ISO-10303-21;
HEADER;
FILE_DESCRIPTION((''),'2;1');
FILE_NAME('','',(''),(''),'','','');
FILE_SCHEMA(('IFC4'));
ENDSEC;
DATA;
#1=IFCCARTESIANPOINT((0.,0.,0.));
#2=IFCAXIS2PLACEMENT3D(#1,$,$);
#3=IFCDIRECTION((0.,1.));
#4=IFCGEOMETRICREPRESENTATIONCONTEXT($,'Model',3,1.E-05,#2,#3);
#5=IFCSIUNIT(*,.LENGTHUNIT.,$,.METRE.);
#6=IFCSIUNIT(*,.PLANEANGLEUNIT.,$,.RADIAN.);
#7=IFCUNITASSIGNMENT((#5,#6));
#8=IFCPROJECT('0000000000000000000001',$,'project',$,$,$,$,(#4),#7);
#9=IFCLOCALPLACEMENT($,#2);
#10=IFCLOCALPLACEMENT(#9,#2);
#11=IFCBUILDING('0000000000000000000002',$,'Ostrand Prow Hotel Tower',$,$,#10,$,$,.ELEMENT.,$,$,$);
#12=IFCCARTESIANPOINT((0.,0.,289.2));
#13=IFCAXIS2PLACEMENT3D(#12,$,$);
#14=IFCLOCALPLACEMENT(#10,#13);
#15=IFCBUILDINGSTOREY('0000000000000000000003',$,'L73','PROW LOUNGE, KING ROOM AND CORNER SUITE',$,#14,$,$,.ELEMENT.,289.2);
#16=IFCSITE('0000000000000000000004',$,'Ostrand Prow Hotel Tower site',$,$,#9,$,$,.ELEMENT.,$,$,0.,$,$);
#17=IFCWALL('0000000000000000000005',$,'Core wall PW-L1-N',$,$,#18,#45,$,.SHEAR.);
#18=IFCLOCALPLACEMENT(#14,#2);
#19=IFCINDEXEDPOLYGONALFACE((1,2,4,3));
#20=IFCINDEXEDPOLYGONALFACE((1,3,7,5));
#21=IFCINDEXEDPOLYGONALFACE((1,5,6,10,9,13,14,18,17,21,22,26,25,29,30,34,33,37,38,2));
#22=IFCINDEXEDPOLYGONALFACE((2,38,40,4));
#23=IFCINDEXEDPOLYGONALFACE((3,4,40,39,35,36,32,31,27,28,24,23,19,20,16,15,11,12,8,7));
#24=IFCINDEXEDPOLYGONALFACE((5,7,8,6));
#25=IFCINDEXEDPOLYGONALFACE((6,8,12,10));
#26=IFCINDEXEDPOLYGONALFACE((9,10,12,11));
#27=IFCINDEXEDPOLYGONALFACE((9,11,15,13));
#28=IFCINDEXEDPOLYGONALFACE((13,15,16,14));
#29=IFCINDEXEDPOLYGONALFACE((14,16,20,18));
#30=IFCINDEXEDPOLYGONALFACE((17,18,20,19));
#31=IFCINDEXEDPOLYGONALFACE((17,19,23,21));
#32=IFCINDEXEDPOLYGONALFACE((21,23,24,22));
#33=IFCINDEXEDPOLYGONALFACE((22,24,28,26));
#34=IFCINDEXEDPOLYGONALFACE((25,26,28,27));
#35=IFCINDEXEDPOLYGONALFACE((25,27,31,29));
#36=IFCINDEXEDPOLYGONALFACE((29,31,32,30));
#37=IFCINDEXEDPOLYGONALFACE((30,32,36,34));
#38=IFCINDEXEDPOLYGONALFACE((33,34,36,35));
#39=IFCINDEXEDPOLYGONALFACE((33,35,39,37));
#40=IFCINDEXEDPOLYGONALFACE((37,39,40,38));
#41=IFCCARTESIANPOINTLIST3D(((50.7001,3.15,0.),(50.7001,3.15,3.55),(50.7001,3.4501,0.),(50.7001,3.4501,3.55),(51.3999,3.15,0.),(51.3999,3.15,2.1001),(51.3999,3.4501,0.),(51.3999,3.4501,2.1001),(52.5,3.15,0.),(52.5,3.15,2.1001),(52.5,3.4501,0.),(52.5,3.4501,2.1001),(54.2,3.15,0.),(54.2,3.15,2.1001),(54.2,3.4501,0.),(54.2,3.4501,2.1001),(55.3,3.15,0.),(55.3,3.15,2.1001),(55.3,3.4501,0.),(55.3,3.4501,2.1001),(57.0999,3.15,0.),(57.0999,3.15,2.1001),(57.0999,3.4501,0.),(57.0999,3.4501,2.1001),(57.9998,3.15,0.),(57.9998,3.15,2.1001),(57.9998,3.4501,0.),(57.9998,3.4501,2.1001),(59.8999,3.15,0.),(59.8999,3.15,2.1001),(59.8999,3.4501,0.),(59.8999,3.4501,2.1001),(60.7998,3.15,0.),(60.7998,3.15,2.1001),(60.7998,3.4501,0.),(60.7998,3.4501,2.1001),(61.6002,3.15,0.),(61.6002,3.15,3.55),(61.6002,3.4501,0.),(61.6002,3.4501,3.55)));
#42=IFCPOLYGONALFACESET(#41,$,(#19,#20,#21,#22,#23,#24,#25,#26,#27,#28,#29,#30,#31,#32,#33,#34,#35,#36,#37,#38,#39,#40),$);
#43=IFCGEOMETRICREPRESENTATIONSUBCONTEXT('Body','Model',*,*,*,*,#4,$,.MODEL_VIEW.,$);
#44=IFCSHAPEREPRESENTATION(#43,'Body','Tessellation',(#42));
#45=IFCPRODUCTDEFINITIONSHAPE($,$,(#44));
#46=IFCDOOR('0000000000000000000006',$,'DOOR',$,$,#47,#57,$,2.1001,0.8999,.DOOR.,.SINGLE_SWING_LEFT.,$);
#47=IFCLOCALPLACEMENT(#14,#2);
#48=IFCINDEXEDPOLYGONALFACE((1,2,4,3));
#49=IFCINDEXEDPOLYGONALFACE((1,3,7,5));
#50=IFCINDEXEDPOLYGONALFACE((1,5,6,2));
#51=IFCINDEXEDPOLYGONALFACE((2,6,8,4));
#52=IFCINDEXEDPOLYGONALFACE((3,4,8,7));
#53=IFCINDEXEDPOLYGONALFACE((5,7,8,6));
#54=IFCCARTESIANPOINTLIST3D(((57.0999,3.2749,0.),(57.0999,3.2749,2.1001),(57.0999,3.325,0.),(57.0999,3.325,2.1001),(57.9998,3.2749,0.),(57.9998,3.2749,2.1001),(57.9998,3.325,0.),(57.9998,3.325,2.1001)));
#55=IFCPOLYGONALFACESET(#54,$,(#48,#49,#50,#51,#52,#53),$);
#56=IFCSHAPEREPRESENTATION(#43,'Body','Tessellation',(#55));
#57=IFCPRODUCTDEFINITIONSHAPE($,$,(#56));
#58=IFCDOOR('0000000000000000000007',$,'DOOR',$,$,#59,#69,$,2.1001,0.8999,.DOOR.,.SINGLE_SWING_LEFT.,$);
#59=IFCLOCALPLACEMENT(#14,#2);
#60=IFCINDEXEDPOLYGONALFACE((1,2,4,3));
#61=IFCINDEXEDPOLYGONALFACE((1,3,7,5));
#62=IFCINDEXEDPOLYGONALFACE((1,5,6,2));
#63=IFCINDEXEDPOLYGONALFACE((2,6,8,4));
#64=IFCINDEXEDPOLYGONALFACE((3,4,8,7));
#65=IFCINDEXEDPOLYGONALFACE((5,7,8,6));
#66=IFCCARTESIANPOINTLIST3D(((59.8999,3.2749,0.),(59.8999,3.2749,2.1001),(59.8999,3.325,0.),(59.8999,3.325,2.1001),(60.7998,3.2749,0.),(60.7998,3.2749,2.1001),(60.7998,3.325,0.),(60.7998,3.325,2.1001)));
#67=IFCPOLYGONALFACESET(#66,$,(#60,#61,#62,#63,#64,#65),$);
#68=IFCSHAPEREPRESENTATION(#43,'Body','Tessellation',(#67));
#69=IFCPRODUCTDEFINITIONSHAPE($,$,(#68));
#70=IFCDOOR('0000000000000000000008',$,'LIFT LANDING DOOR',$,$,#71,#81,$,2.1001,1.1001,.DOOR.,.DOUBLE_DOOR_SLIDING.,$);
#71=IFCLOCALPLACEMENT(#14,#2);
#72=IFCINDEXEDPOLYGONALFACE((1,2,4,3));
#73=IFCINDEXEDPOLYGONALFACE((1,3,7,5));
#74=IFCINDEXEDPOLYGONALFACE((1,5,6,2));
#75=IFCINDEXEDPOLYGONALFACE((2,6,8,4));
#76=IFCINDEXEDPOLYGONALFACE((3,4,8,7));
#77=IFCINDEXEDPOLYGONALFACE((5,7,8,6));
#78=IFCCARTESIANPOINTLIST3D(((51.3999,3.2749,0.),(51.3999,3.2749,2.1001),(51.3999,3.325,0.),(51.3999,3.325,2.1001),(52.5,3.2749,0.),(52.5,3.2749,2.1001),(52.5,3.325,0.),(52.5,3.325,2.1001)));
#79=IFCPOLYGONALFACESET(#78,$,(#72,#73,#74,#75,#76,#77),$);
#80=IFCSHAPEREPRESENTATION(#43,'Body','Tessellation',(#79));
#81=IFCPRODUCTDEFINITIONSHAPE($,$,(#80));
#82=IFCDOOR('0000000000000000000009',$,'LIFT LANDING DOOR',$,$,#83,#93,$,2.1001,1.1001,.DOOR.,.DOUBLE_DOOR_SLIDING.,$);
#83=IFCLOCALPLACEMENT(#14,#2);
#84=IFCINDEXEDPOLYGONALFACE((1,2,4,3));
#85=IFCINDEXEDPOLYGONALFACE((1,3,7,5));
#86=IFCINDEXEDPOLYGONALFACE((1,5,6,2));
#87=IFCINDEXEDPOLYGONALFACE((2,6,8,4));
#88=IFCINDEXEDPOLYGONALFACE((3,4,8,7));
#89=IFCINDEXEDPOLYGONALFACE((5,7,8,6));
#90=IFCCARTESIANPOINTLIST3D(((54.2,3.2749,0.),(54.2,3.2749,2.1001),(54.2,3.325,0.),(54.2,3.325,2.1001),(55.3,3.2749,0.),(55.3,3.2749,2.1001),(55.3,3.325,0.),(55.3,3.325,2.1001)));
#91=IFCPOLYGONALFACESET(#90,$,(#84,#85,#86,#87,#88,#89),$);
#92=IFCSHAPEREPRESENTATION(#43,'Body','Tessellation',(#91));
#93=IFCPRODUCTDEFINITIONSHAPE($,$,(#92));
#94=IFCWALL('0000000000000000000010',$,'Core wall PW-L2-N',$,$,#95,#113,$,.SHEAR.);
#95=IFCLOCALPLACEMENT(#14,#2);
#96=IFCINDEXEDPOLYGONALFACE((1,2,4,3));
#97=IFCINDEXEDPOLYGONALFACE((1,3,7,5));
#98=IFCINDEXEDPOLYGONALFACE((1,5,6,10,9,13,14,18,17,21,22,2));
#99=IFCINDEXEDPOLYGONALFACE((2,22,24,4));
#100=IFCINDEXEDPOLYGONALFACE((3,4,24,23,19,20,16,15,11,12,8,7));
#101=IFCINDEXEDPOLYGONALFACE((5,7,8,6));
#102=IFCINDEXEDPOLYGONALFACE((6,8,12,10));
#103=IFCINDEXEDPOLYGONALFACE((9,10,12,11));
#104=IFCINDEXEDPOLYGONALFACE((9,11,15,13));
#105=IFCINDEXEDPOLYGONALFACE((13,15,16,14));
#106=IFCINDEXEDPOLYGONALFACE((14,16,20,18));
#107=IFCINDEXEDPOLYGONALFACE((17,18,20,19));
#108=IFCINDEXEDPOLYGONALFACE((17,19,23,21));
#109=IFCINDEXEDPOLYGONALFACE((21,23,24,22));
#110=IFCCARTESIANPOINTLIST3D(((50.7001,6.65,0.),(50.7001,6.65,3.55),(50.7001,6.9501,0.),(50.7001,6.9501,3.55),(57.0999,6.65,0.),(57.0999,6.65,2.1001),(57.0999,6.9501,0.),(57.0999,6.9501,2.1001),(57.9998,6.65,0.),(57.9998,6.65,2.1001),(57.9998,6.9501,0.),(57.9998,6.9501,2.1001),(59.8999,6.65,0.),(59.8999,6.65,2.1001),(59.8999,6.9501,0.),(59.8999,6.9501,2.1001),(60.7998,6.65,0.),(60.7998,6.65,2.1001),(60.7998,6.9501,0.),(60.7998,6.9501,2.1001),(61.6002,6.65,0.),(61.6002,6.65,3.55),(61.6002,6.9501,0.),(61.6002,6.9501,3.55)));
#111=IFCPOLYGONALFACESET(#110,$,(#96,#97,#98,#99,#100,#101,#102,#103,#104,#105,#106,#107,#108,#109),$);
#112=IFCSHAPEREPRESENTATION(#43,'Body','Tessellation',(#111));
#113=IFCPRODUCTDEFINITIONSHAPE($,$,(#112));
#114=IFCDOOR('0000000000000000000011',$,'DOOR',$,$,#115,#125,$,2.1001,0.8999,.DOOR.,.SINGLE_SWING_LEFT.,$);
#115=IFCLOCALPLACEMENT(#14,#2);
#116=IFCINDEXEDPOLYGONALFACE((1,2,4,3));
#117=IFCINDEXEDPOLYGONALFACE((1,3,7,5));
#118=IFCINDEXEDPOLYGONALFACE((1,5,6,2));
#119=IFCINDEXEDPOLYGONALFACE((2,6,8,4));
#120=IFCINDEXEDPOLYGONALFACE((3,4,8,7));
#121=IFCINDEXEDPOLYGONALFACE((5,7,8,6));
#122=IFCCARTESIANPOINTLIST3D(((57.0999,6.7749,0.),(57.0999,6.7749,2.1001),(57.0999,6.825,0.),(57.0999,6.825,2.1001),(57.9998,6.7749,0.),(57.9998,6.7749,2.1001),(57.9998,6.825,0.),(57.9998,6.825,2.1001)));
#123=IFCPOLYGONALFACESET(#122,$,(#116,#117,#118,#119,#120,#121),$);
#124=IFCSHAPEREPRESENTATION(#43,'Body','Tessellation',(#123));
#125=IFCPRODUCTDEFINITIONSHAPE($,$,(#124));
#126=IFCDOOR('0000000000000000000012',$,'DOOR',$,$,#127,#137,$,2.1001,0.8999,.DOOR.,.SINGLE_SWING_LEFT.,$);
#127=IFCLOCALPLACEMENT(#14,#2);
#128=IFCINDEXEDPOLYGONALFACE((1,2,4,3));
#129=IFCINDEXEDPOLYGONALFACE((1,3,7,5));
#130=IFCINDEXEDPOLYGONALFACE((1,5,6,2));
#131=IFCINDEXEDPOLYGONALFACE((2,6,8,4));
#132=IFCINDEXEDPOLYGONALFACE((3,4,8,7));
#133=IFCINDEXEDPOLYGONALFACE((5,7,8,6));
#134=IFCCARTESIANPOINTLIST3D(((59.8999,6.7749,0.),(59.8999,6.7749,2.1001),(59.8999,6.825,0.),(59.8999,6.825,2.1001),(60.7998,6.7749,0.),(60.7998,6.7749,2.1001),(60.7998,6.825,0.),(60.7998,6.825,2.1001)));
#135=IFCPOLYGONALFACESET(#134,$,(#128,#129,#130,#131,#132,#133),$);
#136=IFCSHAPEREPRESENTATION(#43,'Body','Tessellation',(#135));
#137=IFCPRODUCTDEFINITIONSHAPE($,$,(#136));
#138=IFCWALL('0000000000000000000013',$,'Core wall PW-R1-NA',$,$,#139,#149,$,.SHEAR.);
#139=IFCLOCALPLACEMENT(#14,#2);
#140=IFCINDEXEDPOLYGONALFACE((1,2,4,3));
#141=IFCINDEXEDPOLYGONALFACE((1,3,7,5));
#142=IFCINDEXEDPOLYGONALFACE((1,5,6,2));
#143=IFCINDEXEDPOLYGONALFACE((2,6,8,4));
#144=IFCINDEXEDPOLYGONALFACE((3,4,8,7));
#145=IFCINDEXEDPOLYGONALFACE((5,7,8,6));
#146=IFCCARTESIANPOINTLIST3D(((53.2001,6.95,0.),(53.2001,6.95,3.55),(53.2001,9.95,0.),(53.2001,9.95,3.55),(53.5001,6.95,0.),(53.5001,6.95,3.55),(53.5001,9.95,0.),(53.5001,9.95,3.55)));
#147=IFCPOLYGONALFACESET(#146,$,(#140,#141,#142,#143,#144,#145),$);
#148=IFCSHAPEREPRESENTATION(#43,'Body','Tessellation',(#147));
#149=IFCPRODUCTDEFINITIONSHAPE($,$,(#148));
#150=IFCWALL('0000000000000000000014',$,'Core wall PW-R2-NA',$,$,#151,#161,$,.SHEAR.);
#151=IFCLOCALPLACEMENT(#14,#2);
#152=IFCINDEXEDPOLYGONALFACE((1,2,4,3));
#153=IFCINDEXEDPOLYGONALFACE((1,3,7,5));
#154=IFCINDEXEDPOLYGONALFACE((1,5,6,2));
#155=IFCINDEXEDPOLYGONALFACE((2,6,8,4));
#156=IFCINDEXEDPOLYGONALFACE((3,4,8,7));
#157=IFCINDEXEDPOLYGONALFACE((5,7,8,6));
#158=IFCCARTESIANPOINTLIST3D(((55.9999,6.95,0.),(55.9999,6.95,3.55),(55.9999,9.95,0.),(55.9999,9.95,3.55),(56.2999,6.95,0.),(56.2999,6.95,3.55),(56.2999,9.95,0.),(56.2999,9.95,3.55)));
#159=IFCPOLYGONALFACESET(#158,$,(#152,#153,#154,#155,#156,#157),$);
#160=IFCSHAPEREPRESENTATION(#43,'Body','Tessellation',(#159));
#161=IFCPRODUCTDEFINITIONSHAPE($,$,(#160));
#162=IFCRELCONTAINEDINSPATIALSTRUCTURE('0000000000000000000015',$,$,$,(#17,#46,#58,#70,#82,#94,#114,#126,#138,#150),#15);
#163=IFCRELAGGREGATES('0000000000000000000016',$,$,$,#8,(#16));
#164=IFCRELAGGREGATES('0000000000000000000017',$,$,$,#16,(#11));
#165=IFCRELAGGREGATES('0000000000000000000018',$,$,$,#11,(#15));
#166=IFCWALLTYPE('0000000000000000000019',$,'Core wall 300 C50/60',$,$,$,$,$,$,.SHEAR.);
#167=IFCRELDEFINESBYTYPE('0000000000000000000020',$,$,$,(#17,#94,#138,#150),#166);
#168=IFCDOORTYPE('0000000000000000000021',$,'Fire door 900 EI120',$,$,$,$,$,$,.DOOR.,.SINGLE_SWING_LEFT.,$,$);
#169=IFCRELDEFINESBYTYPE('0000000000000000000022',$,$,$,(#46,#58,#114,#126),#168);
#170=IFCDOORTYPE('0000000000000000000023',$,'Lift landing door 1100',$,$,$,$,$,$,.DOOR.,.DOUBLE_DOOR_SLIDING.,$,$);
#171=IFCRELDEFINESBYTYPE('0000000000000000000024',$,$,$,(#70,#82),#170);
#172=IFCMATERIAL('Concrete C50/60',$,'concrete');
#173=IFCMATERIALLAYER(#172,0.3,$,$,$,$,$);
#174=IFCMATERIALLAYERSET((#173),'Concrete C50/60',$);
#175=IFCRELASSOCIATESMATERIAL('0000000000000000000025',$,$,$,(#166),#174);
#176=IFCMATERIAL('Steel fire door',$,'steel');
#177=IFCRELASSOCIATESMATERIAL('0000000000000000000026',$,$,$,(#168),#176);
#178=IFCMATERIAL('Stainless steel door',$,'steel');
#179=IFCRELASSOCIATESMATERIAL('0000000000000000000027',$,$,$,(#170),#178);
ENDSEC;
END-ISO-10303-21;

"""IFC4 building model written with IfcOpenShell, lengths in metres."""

from ifc_helpers import new_model, si_unit, direction, frame, frame_2d, origin, place, context, subcontext, project, spatial, rectangle, extrude, material, layer, layer_set, type_object, element, fill, save


model = new_model("IFC4")

# Units and contexts
model_context = context("Model", 3, precision=1e-05, world=origin(), true_north=direction((0.0, 1.0)))
body_context = subcontext(model_context, "Body", "Model", "MODEL_VIEW")
ifc_project = project(units=[si_unit("LENGTHUNIT", "METRE"), si_unit("PLANEANGLEUNIT", "RADIAN")], contexts=[model_context])

# Site, building, storey
site_placement = place(None, origin())
site = spatial("IfcSite", under=ifc_project, at=site_placement, Name="Ostrand Prow Hotel Tower site", CompositionType="ELEMENT", RefElevation=0.0)
building_placement = place(site_placement, origin())
building = spatial("IfcBuilding", under=site, at=building_placement, Name="Ostrand Prow Hotel Tower", CompositionType="ELEMENT")
storey_placement = place(building_placement, frame((0.0, 0.0, 289.2)))
storey = spatial("IfcBuildingStorey", under=building, at=storey_placement, Name="L73", Description="PROW LOUNGE, KING ROOM AND CORNER SUITE", CompositionType="ELEMENT", Elevation=289.2)

# Walls, openings, doors
ifc_material_1 = material(Name="Concrete C50/60", Category="concrete")
ifc_layer_1 = layer(ifc_material_1, 0.3)
ifc_layer_set_1 = layer_set([ifc_layer_1], Name="Concrete C50/60")
wall_type_1 = type_object("IfcWallType", Name="Core wall 300 C50/60", PredefinedType="SHEAR", material=ifc_layer_set_1)
wall_1_placement = place(storey_placement, frame((50.7, 3.3, 0.0), z_axis=(0.0, 0.0, 1.0), x_axis=(1.0, 0.0, 0.0)))
wall_1 = element("IfcWall", 1, at=wall_1_placement, inside=storey, type_object=wall_type_1, Name="Core wall PW-L1-N", PredefinedType="SHEAR", context=body_context, shape_type="SweptSolid", body=[
    extrude(rectangle(XDim=10.9001, YDim=0.3, at=frame_2d((5.4502, 0.0))), origin(), (0.0, 0.0, 1.0), 3.55),
])
opening_1_placement = place(wall_1_placement, frame((0.7, 0.0, 0.0)))
opening_1 = element("IfcOpeningElement", 2, at=opening_1_placement, cuts=wall_1, PredefinedType="OPENING", context=body_context, shape_type="SweptSolid", body=[
    extrude(rectangle(XDim=1.1001, YDim=2.1001, at=frame_2d((0.55, 1.05))), frame((0.0, 0.1599, 0.0), z_axis=(0.0, -1.0, 0.0), x_axis=(1.0, 0.0, 0.0)), (0.0, 0.0, 1.0), 0.3201),
])
opening_2_placement = place(wall_1_placement, frame((3.5, 0.0, 0.0)))
opening_2 = element("IfcOpeningElement", 3, at=opening_2_placement, cuts=wall_1, PredefinedType="OPENING", context=body_context, shape_type="SweptSolid", body=[
    extrude(rectangle(XDim=1.1001, YDim=2.1001, at=frame_2d((0.55, 1.05))), frame((0.0, 0.1599, 0.0), z_axis=(0.0, -1.0, 0.0), x_axis=(1.0, 0.0, 0.0)), (0.0, 0.0, 1.0), 0.3201),
])
opening_3_placement = place(wall_1_placement, frame((6.3999, 0.0, 0.0)))
opening_3 = element("IfcOpeningElement", 4, at=opening_3_placement, cuts=wall_1, PredefinedType="OPENING", context=body_context, shape_type="SweptSolid", body=[
    extrude(rectangle(XDim=0.8999, YDim=2.1001, at=frame_2d((0.45, 1.05))), frame((0.0, 0.1599, 0.0), z_axis=(0.0, -1.0, 0.0), x_axis=(1.0, 0.0, 0.0)), (0.0, 0.0, 1.0), 0.3201),
])
opening_4_placement = place(wall_1_placement, frame((9.2, 0.0, 0.0)))
opening_4 = element("IfcOpeningElement", 5, at=opening_4_placement, cuts=wall_1, PredefinedType="OPENING", context=body_context, shape_type="SweptSolid", body=[
    extrude(rectangle(XDim=0.8999, YDim=2.1001, at=frame_2d((0.45, 1.05))), frame((0.0, 0.1599, 0.0), z_axis=(0.0, -1.0, 0.0), x_axis=(1.0, 0.0, 0.0)), (0.0, 0.0, 1.0), 0.3201),
])
ifc_material_2 = material(Name="Steel fire door", Category="steel")
door_type_1 = type_object("IfcDoorType", Name="Fire door 900 EI120", OperationType="SINGLE_SWING_LEFT", PredefinedType="DOOR", material=ifc_material_2)
door_1_placement = place(opening_3_placement, origin())
door_1 = element("IfcDoor", 6, at=door_1_placement, inside=storey, type_object=door_type_1, Name="DOOR", OperationType="SINGLE_SWING_LEFT", OverallHeight=2.1001, OverallWidth=0.8999, PredefinedType="DOOR", context=body_context, shape_type="SweptSolid", body=[
    extrude(rectangle(XDim=0.8999, YDim=2.1001, at=frame_2d((0.45, 1.05))), frame((0.0, 0.0249, 0.0), z_axis=(0.0, -1.0, 0.0), x_axis=(1.0, 0.0, 0.0)), (0.0, 0.0, 1.0), 0.05),
])
fill(opening_3, door_1)
door_2_placement = place(opening_4_placement, origin())
door_2 = element("IfcDoor", 7, at=door_2_placement, inside=storey, type_object=door_type_1, Name="DOOR", OperationType="SINGLE_SWING_LEFT", OverallHeight=2.1001, OverallWidth=0.8999, PredefinedType="DOOR", context=body_context, shape_type="SweptSolid", body=[
    extrude(rectangle(XDim=0.8999, YDim=2.1001, at=frame_2d((0.45, 1.05))), frame((0.0, 0.0249, 0.0), z_axis=(0.0, -1.0, 0.0), x_axis=(1.0, 0.0, 0.0)), (0.0, 0.0, 1.0), 0.05),
])
fill(opening_4, door_2)
ifc_material_3 = material(Name="Stainless steel door", Category="steel")
door_type_2 = type_object("IfcDoorType", Name="Lift landing door 1100", OperationType="DOUBLE_DOOR_SLIDING", PredefinedType="DOOR", material=ifc_material_3)
door_3_placement = place(opening_1_placement, origin())
door_3 = element("IfcDoor", 8, at=door_3_placement, inside=storey, type_object=door_type_2, Name="LIFT LANDING DOOR", OperationType="DOUBLE_DOOR_SLIDING", OverallHeight=2.1001, OverallWidth=1.1001, PredefinedType="DOOR", context=body_context, shape_type="SweptSolid", body=[
    extrude(rectangle(XDim=1.1001, YDim=2.1001, at=frame_2d((0.55, 1.05))), frame((0.0, 0.0249, 0.0), z_axis=(0.0, -1.0, 0.0), x_axis=(1.0, 0.0, 0.0)), (0.0, 0.0, 1.0), 0.05),
])
fill(opening_1, door_3)
door_4_placement = place(opening_2_placement, origin())
door_4 = element("IfcDoor", 9, at=door_4_placement, inside=storey, type_object=door_type_2, Name="LIFT LANDING DOOR", OperationType="DOUBLE_DOOR_SLIDING", OverallHeight=2.1001, OverallWidth=1.1001, PredefinedType="DOOR", context=body_context, shape_type="SweptSolid", body=[
    extrude(rectangle(XDim=1.1001, YDim=2.1001, at=frame_2d((0.55, 1.05))), frame((0.0, 0.0249, 0.0), z_axis=(0.0, -1.0, 0.0), x_axis=(1.0, 0.0, 0.0)), (0.0, 0.0, 1.0), 0.05),
])
fill(opening_2, door_4)
wall_2_placement = place(storey_placement, frame((50.7, 6.8, 0.0), z_axis=(0.0, 0.0, 1.0), x_axis=(1.0, 0.0, 0.0)))
wall_2 = element("IfcWall", 10, at=wall_2_placement, inside=storey, type_object=wall_type_1, Name="Core wall PW-L2-N", PredefinedType="SHEAR", context=body_context, shape_type="SweptSolid", body=[
    extrude(rectangle(XDim=10.9001, YDim=0.3, at=frame_2d((5.4502, 0.0))), origin(), (0.0, 0.0, 1.0), 3.55),
])
opening_5_placement = place(wall_2_placement, frame((6.3999, 0.0, 0.0)))
opening_5 = element("IfcOpeningElement", 11, at=opening_5_placement, cuts=wall_2, PredefinedType="OPENING", context=body_context, shape_type="SweptSolid", body=[
    extrude(rectangle(XDim=0.8999, YDim=2.1001, at=frame_2d((0.45, 1.05))), frame((0.0, 0.1599, 0.0), z_axis=(0.0, -1.0, 0.0), x_axis=(1.0, 0.0, 0.0)), (0.0, 0.0, 1.0), 0.3201),
])
opening_6_placement = place(wall_2_placement, frame((9.2, 0.0, 0.0)))
opening_6 = element("IfcOpeningElement", 12, at=opening_6_placement, cuts=wall_2, PredefinedType="OPENING", context=body_context, shape_type="SweptSolid", body=[
    extrude(rectangle(XDim=0.8999, YDim=2.1001, at=frame_2d((0.45, 1.05))), frame((0.0, 0.1599, 0.0), z_axis=(0.0, -1.0, 0.0), x_axis=(1.0, 0.0, 0.0)), (0.0, 0.0, 1.0), 0.3201),
])
door_5_placement = place(opening_5_placement, origin())
door_5 = element("IfcDoor", 13, at=door_5_placement, inside=storey, type_object=door_type_1, Name="DOOR", OperationType="SINGLE_SWING_LEFT", OverallHeight=2.1001, OverallWidth=0.8999, PredefinedType="DOOR", context=body_context, shape_type="SweptSolid", body=[
    extrude(rectangle(XDim=0.8999, YDim=2.1001, at=frame_2d((0.45, 1.05))), frame((0.0, 0.0249, 0.0), z_axis=(0.0, -1.0, 0.0), x_axis=(1.0, 0.0, 0.0)), (0.0, 0.0, 1.0), 0.05),
])
fill(opening_5, door_5)
door_6_placement = place(opening_6_placement, origin())
door_6 = element("IfcDoor", 14, at=door_6_placement, inside=storey, type_object=door_type_1, Name="DOOR", OperationType="SINGLE_SWING_LEFT", OverallHeight=2.1001, OverallWidth=0.8999, PredefinedType="DOOR", context=body_context, shape_type="SweptSolid", body=[
    extrude(rectangle(XDim=0.8999, YDim=2.1001, at=frame_2d((0.45, 1.05))), frame((0.0, 0.0249, 0.0), z_axis=(0.0, -1.0, 0.0), x_axis=(1.0, 0.0, 0.0)), (0.0, 0.0, 1.0), 0.05),
])
fill(opening_6, door_6)

# Walls
for number, where, z_axis, x_axis, name in (
    (15, (53.3501, 6.95, 0.0), (0.0, 0.0, 1.0), (0.0, 1.0, 0.0), "Core wall PW-R1-NA"),
    (16, (56.1499, 6.95, 0.0), (0.0, 0.0, 1.0), (0.0, 1.0, 0.0), "Core wall PW-R2-NA"),
):
    element("IfcWall", number, at=place(storey_placement, frame(where, z_axis=z_axis, x_axis=x_axis)), inside=storey, type_object=wall_type_1, Name=name, PredefinedType="SHEAR", context=body_context, shape_type="SweptSolid", body=[
        extrude(rectangle(XDim=3.0, YDim=0.3, at=frame_2d((1.5, 0.0))), origin(), (0.0, 0.0, 1.0), 3.55),
    ])

save(model, "model.ifc")
